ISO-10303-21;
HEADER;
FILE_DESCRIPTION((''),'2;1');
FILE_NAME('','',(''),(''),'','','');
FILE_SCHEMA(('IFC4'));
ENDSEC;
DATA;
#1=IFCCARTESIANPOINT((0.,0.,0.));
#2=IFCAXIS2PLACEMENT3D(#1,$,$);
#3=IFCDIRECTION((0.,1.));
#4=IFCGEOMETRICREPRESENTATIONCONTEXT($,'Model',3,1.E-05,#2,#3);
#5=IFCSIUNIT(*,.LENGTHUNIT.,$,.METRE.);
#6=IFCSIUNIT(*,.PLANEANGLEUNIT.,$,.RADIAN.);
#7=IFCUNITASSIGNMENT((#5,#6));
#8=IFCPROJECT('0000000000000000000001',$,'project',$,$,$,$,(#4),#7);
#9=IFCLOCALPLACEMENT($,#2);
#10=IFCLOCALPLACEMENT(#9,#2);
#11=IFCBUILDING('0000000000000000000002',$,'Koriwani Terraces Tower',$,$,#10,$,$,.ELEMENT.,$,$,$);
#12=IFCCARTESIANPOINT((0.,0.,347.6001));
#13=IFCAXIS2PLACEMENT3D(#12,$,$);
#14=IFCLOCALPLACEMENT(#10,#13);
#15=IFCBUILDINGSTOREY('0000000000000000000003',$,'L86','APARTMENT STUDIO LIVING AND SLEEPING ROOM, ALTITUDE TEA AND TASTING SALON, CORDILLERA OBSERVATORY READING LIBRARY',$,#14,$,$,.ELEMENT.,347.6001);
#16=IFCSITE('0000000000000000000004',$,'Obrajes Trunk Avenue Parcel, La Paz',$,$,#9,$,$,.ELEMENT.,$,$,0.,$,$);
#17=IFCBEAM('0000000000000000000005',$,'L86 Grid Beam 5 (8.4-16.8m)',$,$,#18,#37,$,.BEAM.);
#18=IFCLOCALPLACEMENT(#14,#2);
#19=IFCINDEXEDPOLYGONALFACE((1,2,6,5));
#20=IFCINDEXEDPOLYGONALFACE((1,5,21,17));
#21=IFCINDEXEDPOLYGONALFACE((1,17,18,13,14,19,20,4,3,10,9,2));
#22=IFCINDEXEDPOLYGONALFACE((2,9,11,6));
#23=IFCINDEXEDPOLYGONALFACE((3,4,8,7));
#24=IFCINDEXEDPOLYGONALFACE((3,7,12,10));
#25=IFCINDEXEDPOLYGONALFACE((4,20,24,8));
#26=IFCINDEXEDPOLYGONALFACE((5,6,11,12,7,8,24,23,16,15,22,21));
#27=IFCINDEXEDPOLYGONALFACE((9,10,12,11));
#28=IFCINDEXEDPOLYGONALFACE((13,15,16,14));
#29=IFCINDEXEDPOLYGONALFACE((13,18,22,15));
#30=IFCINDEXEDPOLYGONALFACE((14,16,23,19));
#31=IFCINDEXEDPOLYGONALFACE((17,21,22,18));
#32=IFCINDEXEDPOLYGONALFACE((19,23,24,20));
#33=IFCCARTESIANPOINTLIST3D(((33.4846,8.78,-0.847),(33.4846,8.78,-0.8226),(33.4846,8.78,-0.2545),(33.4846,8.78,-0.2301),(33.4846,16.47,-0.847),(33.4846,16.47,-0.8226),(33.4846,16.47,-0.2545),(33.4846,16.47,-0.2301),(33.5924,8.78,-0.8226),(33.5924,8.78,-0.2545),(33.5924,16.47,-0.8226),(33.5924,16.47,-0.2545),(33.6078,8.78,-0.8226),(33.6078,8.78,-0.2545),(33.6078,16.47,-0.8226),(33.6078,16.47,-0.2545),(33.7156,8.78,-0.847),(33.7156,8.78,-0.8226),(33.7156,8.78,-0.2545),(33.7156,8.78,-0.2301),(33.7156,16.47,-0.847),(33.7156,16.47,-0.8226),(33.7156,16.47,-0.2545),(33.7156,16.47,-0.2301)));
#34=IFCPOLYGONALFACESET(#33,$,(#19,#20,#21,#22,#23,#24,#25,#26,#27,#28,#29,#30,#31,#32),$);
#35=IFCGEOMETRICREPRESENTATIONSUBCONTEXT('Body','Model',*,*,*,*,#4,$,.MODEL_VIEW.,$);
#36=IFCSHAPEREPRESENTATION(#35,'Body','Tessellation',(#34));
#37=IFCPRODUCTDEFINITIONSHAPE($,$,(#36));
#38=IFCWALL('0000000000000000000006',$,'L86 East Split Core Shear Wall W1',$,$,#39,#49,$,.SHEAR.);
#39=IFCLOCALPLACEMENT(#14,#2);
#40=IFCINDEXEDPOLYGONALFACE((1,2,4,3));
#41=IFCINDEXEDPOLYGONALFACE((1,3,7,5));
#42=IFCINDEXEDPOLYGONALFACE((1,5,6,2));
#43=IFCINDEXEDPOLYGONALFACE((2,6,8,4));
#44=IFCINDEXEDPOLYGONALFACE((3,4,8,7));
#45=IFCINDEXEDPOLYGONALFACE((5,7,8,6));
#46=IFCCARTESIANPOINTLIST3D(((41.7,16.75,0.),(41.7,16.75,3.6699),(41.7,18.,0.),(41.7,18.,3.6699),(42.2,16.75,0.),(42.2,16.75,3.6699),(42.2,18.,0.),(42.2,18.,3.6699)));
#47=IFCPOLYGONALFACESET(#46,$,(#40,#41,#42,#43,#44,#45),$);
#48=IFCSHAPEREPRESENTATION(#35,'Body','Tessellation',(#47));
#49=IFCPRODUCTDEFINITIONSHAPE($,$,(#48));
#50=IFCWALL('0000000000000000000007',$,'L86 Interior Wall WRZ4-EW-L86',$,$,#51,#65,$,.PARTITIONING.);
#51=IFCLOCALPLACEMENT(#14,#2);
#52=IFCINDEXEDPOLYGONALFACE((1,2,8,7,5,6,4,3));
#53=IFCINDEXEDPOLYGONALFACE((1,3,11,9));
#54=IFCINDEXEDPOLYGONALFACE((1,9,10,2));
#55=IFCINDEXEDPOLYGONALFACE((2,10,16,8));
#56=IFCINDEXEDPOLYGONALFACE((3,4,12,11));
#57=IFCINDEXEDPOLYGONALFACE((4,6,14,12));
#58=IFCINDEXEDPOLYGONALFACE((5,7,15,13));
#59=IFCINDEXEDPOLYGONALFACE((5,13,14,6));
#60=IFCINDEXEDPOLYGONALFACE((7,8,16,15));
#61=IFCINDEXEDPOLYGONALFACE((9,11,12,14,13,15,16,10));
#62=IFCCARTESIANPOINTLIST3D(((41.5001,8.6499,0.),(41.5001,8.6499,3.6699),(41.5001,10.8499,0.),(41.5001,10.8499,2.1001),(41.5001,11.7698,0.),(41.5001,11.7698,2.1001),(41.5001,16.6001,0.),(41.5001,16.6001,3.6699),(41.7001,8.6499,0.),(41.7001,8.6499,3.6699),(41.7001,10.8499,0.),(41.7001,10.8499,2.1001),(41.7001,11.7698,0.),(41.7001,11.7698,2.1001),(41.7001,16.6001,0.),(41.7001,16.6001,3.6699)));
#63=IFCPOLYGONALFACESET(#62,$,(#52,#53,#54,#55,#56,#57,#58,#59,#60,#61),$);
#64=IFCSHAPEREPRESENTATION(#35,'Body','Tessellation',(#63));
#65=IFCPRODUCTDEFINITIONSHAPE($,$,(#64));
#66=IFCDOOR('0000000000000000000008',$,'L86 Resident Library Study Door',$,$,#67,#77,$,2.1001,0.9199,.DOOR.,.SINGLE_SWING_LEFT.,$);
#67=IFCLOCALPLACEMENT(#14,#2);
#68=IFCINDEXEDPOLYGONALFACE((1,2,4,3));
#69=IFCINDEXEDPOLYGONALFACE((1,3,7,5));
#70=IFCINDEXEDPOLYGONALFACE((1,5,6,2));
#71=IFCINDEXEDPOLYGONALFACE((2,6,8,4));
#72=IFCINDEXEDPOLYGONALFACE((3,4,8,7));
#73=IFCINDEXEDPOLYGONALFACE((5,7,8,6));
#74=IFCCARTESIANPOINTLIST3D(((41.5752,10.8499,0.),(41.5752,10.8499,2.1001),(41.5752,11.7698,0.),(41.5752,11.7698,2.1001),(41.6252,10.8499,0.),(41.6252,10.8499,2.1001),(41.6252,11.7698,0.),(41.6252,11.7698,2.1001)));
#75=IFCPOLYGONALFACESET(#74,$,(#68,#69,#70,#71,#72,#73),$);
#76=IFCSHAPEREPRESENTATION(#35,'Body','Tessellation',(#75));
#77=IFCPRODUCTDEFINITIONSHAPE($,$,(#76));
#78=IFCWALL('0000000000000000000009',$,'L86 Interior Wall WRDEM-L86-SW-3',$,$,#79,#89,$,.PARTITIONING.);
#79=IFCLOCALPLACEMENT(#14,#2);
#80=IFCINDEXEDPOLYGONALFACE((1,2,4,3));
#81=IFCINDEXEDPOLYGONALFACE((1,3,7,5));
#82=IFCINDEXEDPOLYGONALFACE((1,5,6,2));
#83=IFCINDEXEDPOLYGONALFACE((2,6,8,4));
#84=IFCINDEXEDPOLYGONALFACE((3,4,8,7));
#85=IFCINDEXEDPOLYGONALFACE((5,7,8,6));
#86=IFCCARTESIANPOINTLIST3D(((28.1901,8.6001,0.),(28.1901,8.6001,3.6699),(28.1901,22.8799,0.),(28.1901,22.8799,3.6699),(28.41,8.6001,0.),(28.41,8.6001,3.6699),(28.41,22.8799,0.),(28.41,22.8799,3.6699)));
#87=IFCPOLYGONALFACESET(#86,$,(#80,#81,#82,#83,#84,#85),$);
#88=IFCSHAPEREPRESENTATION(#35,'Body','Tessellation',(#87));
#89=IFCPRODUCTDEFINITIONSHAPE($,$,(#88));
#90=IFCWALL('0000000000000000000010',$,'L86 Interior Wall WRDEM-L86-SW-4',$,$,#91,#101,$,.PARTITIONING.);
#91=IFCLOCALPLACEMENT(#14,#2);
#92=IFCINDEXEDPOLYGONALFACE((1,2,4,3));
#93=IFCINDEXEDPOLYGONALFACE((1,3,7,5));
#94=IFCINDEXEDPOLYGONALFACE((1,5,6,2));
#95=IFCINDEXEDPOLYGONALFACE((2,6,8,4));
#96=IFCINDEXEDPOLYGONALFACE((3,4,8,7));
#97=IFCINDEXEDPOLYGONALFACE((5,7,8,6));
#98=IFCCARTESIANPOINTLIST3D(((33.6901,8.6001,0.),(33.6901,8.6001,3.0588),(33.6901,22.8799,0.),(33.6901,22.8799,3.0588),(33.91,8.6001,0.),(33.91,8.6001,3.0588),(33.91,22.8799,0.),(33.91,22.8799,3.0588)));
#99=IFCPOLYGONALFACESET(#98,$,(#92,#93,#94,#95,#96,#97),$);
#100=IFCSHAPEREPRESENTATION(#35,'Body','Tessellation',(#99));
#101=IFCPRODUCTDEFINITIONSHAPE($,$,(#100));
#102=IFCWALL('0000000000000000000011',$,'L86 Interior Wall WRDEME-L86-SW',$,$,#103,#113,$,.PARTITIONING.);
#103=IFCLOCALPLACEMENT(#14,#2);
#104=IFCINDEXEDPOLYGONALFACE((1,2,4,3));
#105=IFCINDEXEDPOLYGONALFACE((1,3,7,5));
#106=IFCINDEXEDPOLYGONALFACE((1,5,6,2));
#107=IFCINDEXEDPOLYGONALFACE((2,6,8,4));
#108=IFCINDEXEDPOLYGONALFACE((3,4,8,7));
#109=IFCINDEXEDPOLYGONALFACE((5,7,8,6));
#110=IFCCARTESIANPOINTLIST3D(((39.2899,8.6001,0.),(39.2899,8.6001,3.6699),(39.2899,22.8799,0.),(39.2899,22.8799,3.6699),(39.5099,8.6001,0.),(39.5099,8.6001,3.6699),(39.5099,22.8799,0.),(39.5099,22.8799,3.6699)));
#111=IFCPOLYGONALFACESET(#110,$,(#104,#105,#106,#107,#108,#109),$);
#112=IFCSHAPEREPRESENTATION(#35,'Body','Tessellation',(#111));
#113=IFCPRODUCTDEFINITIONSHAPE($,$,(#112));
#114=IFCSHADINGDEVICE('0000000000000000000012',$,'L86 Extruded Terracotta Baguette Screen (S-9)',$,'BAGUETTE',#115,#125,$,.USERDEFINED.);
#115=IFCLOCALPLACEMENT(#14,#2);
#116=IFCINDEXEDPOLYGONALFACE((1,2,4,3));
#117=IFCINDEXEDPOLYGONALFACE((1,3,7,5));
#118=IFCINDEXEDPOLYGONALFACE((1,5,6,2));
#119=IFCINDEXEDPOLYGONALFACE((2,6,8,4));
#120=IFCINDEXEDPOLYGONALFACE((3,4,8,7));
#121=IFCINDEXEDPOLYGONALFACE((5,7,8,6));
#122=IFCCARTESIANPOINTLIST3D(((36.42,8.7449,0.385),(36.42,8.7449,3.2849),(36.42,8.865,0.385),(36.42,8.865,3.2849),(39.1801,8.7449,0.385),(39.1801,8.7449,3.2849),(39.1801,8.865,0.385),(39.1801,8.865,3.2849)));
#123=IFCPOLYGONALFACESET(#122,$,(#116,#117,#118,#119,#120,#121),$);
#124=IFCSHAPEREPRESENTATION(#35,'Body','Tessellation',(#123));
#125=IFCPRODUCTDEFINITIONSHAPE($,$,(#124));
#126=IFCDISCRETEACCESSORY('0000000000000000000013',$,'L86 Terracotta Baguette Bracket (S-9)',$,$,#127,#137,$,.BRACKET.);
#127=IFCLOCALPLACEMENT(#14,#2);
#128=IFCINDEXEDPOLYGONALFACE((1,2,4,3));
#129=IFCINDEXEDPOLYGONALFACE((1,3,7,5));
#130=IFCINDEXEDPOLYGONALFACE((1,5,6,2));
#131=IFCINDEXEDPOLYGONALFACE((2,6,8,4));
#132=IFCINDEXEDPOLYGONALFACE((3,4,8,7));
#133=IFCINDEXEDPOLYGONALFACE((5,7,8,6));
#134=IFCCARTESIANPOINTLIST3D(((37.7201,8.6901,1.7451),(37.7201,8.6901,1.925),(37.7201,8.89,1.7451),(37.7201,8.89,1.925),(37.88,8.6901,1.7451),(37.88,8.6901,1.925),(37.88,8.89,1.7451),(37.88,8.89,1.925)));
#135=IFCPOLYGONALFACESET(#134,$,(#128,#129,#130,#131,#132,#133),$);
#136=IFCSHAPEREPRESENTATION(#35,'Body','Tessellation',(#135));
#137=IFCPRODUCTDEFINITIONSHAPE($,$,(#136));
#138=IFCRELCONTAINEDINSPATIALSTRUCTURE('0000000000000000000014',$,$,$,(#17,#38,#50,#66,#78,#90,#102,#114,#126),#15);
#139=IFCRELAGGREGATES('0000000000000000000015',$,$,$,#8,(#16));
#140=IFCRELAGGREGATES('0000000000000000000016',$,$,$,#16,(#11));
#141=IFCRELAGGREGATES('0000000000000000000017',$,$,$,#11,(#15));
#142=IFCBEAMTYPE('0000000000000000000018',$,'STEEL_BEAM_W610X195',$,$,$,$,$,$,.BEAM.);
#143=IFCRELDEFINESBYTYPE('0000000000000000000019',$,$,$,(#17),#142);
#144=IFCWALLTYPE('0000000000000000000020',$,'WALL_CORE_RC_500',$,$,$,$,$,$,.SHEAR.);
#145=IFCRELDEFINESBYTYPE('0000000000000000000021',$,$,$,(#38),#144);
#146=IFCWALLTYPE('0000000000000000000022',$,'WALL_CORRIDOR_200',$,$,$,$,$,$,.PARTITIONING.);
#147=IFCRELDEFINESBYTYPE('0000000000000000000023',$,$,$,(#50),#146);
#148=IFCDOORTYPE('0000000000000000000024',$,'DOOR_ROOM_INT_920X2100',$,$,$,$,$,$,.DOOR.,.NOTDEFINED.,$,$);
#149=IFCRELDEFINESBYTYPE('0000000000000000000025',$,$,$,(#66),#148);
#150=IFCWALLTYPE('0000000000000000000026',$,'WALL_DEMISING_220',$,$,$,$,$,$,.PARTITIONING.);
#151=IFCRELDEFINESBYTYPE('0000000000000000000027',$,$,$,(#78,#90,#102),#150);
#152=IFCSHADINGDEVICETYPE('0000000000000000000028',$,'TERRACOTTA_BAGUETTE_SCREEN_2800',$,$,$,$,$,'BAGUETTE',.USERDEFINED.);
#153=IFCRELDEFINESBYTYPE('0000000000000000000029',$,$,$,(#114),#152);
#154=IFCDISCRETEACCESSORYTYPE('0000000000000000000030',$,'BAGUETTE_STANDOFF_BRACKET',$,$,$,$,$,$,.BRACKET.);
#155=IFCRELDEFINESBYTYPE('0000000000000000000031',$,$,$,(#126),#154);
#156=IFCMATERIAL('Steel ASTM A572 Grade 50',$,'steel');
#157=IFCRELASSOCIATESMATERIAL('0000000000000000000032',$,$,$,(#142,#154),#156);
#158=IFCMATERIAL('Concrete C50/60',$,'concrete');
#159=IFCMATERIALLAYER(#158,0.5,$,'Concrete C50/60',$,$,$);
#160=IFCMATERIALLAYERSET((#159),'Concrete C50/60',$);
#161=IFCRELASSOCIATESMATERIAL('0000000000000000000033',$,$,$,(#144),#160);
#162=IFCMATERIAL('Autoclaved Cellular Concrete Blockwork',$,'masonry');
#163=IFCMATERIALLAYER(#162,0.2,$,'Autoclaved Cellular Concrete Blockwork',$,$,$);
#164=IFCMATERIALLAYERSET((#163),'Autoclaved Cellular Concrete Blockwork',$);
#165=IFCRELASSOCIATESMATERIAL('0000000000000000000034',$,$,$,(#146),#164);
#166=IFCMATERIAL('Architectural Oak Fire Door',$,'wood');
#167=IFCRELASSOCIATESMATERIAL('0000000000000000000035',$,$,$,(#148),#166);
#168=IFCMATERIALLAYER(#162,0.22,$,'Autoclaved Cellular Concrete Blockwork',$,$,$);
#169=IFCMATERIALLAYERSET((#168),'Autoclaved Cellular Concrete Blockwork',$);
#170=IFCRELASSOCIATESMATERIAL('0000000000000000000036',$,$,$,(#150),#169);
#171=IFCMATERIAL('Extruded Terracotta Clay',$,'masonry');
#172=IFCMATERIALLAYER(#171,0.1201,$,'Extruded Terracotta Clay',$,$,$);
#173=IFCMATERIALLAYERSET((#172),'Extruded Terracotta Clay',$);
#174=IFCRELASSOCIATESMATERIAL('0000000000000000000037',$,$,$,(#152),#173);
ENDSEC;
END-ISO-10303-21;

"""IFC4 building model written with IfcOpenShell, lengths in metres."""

from ifc_helpers import new_model, si_unit, direction, frame, frame_2d, origin, origin_2d, place, context, subcontext, project, spatial, rectangle, i_section, extrude, material, layer, layer_set, material_profile, profile_set, type_object, element, fill, save


model = new_model("IFC4")

# Units and contexts
model_context = context("Model", 3, precision=1e-05, world=origin(), true_north=direction((0.0, 1.0)))
body_context = subcontext(model_context, "Body", "Model", "MODEL_VIEW")
ifc_project = project(units=[si_unit("LENGTHUNIT", "METRE"), si_unit("PLANEANGLEUNIT", "RADIAN")], contexts=[model_context])

# Site, building, storey
site_placement = place(None, origin())
site = spatial("IfcSite", under=ifc_project, at=site_placement, Name="Obrajes Trunk Avenue Parcel, La Paz", CompositionType="ELEMENT", RefElevation=0.0)
building_placement = place(site_placement, origin())
building = spatial("IfcBuilding", under=site, at=building_placement, Name="Koriwani Terraces Tower", CompositionType="ELEMENT")
storey_placement = place(building_placement, frame((0.0, 0.0, 347.6001)))
storey = spatial("IfcBuildingStorey", under=building, at=storey_placement, Name="L86", Description="APARTMENT STUDIO LIVING AND SLEEPING ROOM, ALTITUDE TEA AND TASTING SALON, CORDILLERA OBSERVATORY READING LIBRARY", CompositionType="ELEMENT", Elevation=347.6001)

# Shared definitions
ifc_material_1 = material(Name="Concrete C50/60", Category="concrete")

# Beam
ifc_material_2 = material(Name="Steel ASTM A572 Grade 50", Category="steel")
ifc_material_profile_1 = material_profile(ifc_material_2, i_section(OverallWidth=0.231, OverallDepth=0.6169, WebThickness=0.0154, FlangeThickness=0.0244, at=origin_2d()), Name="Steel ASTM A572 Grade 50", Category="LoadBearing")
ifc_profile_set_1 = profile_set([ifc_material_profile_1], Name="Steel ASTM A572 Grade 50")
beam_type_1 = type_object("IfcBeamType", Name="STEEL_BEAM_W610X195", PredefinedType="BEAM", material=ifc_profile_set_1)
beam_1_placement = place(storey_placement, frame((33.6001, 8.78, -0.5386), z_axis=(0.0, 1.0, 0.0), x_axis=(-1.0, 0.0, 0.0)))
element("IfcBeam", 1, at=beam_1_placement, inside=storey, type_object=beam_type_1, Name="L86 Grid Beam 5 (8.4-16.8m)", PredefinedType="BEAM", context=body_context, shape_type="SweptSolid", body=[
    extrude(i_section(OverallWidth=0.231, OverallDepth=0.6169, WebThickness=0.0154, FlangeThickness=0.0244, at=origin_2d()), origin(), (0.0, 0.0, 1.0), 7.6899),
])

# Wall
ifc_layer_1 = layer(ifc_material_1, 0.5, Name="Concrete C50/60")
ifc_layer_set_1 = layer_set([ifc_layer_1], Name="Concrete C50/60")
wall_type_1 = type_object("IfcWallType", Name="WALL_CORE_RC_500", PredefinedType="SHEAR", material=ifc_layer_set_1)
wall_1_placement = place(storey_placement, frame((41.95, 16.75, 0.0), z_axis=(0.0, 0.0, 1.0), x_axis=(0.0, 1.0, 0.0)))
element("IfcWall", 2, at=wall_1_placement, inside=storey, type_object=wall_type_1, Name="L86 East Split Core Shear Wall W1", PredefinedType="SHEAR", context=body_context, shape_type="SweptSolid", body=[
    extrude(rectangle(XDim=1.25, YDim=0.5, at=frame_2d((0.625, 0.0))), origin(), (0.0, 0.0, 1.0), 3.6699),
])

# Wall, opening, door
ifc_material_3 = material(Name="Autoclaved Cellular Concrete Blockwork", Category="masonry")
ifc_layer_2 = layer(ifc_material_3, 0.2, Name="Autoclaved Cellular Concrete Blockwork")
ifc_layer_set_2 = layer_set([ifc_layer_2], Name="Autoclaved Cellular Concrete Blockwork")
wall_type_2 = type_object("IfcWallType", Name="WALL_CORRIDOR_200", PredefinedType="PARTITIONING", material=ifc_layer_set_2)
wall_2_placement = place(storey_placement, frame((41.6001, 8.6499, 0.0), z_axis=(0.0, 0.0, 1.0), x_axis=(0.0, 1.0, 0.0)))
wall_2 = element("IfcWall", 3, at=wall_2_placement, inside=storey, type_object=wall_type_2, Name="L86 Interior Wall WRZ4-EW-L86", PredefinedType="PARTITIONING", context=body_context, shape_type="SweptSolid", body=[
    extrude(rectangle(XDim=7.9502, YDim=0.2, at=frame_2d((3.9751, 0.0))), origin(), (0.0, 0.0, 1.0), 3.6699),
])
opening_placement = place(wall_2_placement, frame((2.2, 0.0, 0.0)))
opening = element("IfcOpeningElement", 4, at=opening_placement, cuts=wall_2, PredefinedType="OPENING", context=body_context, shape_type="SweptSolid", body=[
    extrude(rectangle(XDim=0.9199, YDim=2.1001, at=frame_2d((0.46, 1.05))), frame((0.0, 0.1099, 0.0), z_axis=(0.0, -1.0, 0.0), x_axis=(1.0, 0.0, 0.0)), (0.0, 0.0, 1.0), 0.22),
])
ifc_material_4 = material(Name="Architectural Oak Fire Door", Category="wood")
door_type = type_object("IfcDoorType", Name="DOOR_ROOM_INT_920X2100", OperationType="NOTDEFINED", PredefinedType="DOOR", material=ifc_material_4)
door_placement = place(opening_placement, origin())
door = element("IfcDoor", 5, at=door_placement, inside=storey, type_object=door_type, Name="L86 Resident Library Study Door", OperationType="SINGLE_SWING_LEFT", OverallHeight=2.1001, OverallWidth=0.9199, PredefinedType="DOOR", context=body_context, shape_type="SweptSolid", body=[
    extrude(rectangle(XDim=0.9199, YDim=2.1001, at=frame_2d((0.46, 1.05))), frame((0.0, 0.0249, 0.0), z_axis=(0.0, -1.0, 0.0), x_axis=(1.0, 0.0, 0.0)), (0.0, 0.0, 1.0), 0.05),
])
fill(opening, door)

# Walls
ifc_layer_3 = layer(ifc_material_3, 0.22, Name="Autoclaved Cellular Concrete Blockwork")
ifc_layer_set_3 = layer_set([ifc_layer_3], Name="Autoclaved Cellular Concrete Blockwork")
wall_type_3 = type_object("IfcWallType", Name="WALL_DEMISING_220", PredefinedType="PARTITIONING", material=ifc_layer_set_3)
wall_3_placement = place(storey_placement, frame((28.3, 8.6001, 0.0), z_axis=(0.0, 0.0, 1.0), x_axis=(0.0, 1.0, 0.0)))
element("IfcWall", 6, at=wall_3_placement, inside=storey, type_object=wall_type_3, Name="L86 Interior Wall WRDEM-L86-SW-3", PredefinedType="PARTITIONING", context=body_context, shape_type="SweptSolid", body=[
    extrude(rectangle(XDim=14.2798, YDim=0.22, at=frame_2d((7.1399, 0.0))), origin(), (0.0, 0.0, 1.0), 3.6699),
])
wall_4_placement = place(storey_placement, frame((33.8, 8.6001, 0.0), z_axis=(0.0, 0.0, 1.0), x_axis=(0.0, 1.0, 0.0)))
element("IfcWall", 7, at=wall_4_placement, inside=storey, type_object=wall_type_3, Name="L86 Interior Wall WRDEM-L86-SW-4", PredefinedType="PARTITIONING", context=body_context, shape_type="SweptSolid", body=[
    extrude(rectangle(XDim=14.2798, YDim=0.22, at=frame_2d((7.1399, 0.0))), origin(), (0.0, 0.0, 1.0), 3.0588),
])
wall_5_placement = place(storey_placement, frame((39.3999, 8.6001, 0.0), z_axis=(0.0, 0.0, 1.0), x_axis=(0.0, 1.0, 0.0)))
element("IfcWall", 8, at=wall_5_placement, inside=storey, type_object=wall_type_3, Name="L86 Interior Wall WRDEME-L86-SW", PredefinedType="PARTITIONING", context=body_context, shape_type="SweptSolid", body=[
    extrude(rectangle(XDim=14.2798, YDim=0.22, at=frame_2d((7.1399, 0.0))), origin(), (0.0, 0.0, 1.0), 3.6699),
])

# Shading device
ifc_material_5 = material(Name="Extruded Terracotta Clay", Category="masonry")
ifc_layer_4 = layer(ifc_material_5, 0.1201, Name="Extruded Terracotta Clay")
ifc_layer_set_4 = layer_set([ifc_layer_4], Name="Extruded Terracotta Clay")
shading_device_type = type_object("IfcShadingDeviceType", Name="TERRACOTTA_BAGUETTE_SCREEN_2800", ElementType="BAGUETTE", PredefinedType="USERDEFINED", material=ifc_layer_set_4)
shading_device_placement = place(storey_placement, frame((37.8, 8.8049, 0.385), z_axis=(0.0, 0.0, 1.0), x_axis=(-1.0, 0.0, 0.0)))
element("IfcShadingDevice", 9, at=shading_device_placement, inside=storey, type_object=shading_device_type, Name="L86 Extruded Terracotta Baguette Screen (S-9)", ObjectType="BAGUETTE", PredefinedType="USERDEFINED", context=body_context, shape_type="SweptSolid", body=[
    extrude(rectangle(XDim=2.76, YDim=0.1201, at=origin_2d()), origin(), (0.0, 0.0, 1.0), 2.8999),
])

# Discrete accessory
discrete_accessory_type = type_object("IfcDiscreteAccessoryType", Name="BAGUETTE_STANDOFF_BRACKET", PredefinedType="BRACKET", material=ifc_material_2)
discrete_accessory_placement = place(storey_placement, frame((37.8, 8.79, 1.7451), z_axis=(0.0, 0.0, 1.0), x_axis=(-1.0, 0.0, 0.0)))
element("IfcDiscreteAccessory", 10, at=discrete_accessory_placement, inside=storey, type_object=discrete_accessory_type, Name="L86 Terracotta Baguette Bracket (S-9)", PredefinedType="BRACKET", context=body_context, shape_type="SweptSolid", body=[
    extrude(rectangle(XDim=0.1599, YDim=0.2, at=origin_2d()), origin(), (0.0, 0.0, 1.0), 0.1799),
])

save(model, "model.ifc")
